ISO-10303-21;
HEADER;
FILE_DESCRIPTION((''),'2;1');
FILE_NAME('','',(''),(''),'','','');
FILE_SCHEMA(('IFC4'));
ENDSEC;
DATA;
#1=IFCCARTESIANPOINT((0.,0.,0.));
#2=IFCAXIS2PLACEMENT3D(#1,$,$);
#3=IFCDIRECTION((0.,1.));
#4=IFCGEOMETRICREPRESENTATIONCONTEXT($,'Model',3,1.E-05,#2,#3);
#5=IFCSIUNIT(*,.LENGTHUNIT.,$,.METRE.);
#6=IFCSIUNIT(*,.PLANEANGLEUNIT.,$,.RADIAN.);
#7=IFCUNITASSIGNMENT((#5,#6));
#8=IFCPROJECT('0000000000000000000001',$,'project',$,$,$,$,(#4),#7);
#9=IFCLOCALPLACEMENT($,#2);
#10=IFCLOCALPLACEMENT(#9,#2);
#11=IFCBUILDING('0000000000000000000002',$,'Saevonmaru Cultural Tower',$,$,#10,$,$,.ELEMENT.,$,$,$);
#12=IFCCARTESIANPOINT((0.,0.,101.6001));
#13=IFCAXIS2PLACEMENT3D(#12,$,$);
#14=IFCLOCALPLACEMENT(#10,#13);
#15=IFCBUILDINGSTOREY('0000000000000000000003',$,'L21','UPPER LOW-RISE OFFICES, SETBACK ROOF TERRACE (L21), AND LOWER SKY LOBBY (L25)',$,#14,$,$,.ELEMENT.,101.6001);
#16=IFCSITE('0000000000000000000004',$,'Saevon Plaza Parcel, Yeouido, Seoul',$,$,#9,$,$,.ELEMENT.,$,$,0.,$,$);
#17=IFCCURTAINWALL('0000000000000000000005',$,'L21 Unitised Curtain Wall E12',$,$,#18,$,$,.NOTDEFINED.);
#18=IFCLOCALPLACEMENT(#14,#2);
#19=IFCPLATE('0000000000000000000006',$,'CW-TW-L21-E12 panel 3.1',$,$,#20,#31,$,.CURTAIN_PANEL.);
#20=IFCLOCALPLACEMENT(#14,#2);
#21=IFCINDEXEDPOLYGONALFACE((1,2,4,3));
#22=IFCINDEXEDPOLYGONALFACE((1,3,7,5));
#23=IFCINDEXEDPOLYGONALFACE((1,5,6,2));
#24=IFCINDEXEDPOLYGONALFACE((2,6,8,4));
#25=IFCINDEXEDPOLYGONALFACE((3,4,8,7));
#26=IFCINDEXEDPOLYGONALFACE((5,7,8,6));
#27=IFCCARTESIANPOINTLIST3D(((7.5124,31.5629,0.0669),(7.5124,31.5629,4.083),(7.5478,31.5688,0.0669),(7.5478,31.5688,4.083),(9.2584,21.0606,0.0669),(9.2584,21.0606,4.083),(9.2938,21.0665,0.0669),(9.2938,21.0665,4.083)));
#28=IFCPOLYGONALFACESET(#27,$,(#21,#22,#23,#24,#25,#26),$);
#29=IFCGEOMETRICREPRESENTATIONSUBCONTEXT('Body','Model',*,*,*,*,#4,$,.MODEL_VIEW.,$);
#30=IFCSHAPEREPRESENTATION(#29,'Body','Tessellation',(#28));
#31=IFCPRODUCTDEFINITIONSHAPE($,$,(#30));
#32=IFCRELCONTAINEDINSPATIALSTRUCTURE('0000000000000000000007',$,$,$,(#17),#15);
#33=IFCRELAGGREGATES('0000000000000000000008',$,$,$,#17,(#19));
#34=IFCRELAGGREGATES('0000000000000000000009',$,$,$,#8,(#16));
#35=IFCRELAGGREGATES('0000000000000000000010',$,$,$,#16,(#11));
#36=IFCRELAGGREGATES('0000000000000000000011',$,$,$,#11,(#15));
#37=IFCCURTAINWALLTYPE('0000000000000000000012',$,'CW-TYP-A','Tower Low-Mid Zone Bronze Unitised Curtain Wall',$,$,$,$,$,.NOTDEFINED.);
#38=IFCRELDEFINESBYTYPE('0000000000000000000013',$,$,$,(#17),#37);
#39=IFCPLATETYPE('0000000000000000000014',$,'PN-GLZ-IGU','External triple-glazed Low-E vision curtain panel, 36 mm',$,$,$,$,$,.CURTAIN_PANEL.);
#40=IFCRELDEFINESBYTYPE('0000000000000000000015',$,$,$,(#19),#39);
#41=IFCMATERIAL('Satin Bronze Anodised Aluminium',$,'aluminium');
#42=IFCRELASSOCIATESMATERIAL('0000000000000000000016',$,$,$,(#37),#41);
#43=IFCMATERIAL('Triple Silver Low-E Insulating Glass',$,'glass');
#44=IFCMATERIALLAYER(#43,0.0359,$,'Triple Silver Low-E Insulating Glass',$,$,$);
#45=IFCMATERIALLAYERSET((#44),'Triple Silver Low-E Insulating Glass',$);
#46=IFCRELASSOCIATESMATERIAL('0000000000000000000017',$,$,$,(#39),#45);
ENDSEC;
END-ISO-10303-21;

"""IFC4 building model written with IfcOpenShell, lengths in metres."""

from ifc_helpers import new_model, si_unit, direction, frame, origin, origin_2d, place, context, subcontext, project, spatial, rectangle, extrude, material, layer, layer_set, type_object, element, aggregate, save


model = new_model("IFC4")

# Units and contexts
model_context = context("Model", 3, precision=1e-05, world=origin(), true_north=direction((0.0, 1.0)))
body_context = subcontext(model_context, "Body", "Model", "MODEL_VIEW")
ifc_project = project(units=[si_unit("LENGTHUNIT", "METRE"), si_unit("PLANEANGLEUNIT", "RADIAN")], contexts=[model_context])

# Site, building, storey
site_placement = place(None, origin())
site = spatial("IfcSite", under=ifc_project, at=site_placement, Name="Saevon Plaza Parcel, Yeouido, Seoul", CompositionType="ELEMENT", RefElevation=0.0)
building_placement = place(site_placement, origin())
building = spatial("IfcBuilding", under=site, at=building_placement, Name="Saevonmaru Cultural Tower", CompositionType="ELEMENT")
storey_placement = place(building_placement, frame((0.0, 0.0, 101.6001)))
storey = spatial("IfcBuildingStorey", under=building, at=storey_placement, Name="L21", Description="UPPER LOW-RISE OFFICES, SETBACK ROOF TERRACE (L21), AND LOWER SKY LOBBY (L25)", CompositionType="ELEMENT", Elevation=101.6001)

# Curtain wall
ifc_material_1 = material(Name="Satin Bronze Anodised Aluminium", Category="aluminium")
curtain_wall_type_1 = type_object("IfcCurtainWallType", Name="CW-TYP-A", Description="Tower Low-Mid Zone Bronze Unitised Curtain Wall", PredefinedType="NOTDEFINED", material=ifc_material_1)
curtain_wall_1_placement = place(storey_placement, origin())
curtain_wall_1 = element("IfcCurtainWall", 1, at=curtain_wall_1_placement, inside=storey, type_object=curtain_wall_type_1, Name="L21 Unitised Curtain Wall E12", PredefinedType="NOTDEFINED")

# Plate
ifc_material_2 = material(Name="Triple Silver Low-E Insulating Glass", Category="glass")
ifc_layer_1 = layer(ifc_material_2, 0.0359, Name="Triple Silver Low-E Insulating Glass")
ifc_layer_set_1 = layer_set([ifc_layer_1], Name="Triple Silver Low-E Insulating Glass")
plate_type_1 = type_object("IfcPlateType", Name="PN-GLZ-IGU", Description="External triple-glazed Low-E vision curtain panel, 36 mm", PredefinedType="CURTAIN_PANEL", material=ifc_layer_set_1)
plate_1_placement = place(storey_placement, frame((8.4031, 26.3147, 0.0669), z_axis=(0.0, 0.0, 1.0), x_axis=(0.163999, -0.986461, 0.0)))
plate_1 = element("IfcPlate", 2, at=plate_1_placement, type_object=plate_type_1, Name="CW-TW-L21-E12 panel 3.1", PredefinedType="CURTAIN_PANEL", context=body_context, shape_type="SweptSolid", body=[
    extrude(rectangle(XDim=10.6465, YDim=0.0359, at=origin_2d()), origin(), (0.0, 0.0, 1.0), 4.0161),
])
aggregate(curtain_wall_1, [plate_1])

save(model, "model.ifc")
